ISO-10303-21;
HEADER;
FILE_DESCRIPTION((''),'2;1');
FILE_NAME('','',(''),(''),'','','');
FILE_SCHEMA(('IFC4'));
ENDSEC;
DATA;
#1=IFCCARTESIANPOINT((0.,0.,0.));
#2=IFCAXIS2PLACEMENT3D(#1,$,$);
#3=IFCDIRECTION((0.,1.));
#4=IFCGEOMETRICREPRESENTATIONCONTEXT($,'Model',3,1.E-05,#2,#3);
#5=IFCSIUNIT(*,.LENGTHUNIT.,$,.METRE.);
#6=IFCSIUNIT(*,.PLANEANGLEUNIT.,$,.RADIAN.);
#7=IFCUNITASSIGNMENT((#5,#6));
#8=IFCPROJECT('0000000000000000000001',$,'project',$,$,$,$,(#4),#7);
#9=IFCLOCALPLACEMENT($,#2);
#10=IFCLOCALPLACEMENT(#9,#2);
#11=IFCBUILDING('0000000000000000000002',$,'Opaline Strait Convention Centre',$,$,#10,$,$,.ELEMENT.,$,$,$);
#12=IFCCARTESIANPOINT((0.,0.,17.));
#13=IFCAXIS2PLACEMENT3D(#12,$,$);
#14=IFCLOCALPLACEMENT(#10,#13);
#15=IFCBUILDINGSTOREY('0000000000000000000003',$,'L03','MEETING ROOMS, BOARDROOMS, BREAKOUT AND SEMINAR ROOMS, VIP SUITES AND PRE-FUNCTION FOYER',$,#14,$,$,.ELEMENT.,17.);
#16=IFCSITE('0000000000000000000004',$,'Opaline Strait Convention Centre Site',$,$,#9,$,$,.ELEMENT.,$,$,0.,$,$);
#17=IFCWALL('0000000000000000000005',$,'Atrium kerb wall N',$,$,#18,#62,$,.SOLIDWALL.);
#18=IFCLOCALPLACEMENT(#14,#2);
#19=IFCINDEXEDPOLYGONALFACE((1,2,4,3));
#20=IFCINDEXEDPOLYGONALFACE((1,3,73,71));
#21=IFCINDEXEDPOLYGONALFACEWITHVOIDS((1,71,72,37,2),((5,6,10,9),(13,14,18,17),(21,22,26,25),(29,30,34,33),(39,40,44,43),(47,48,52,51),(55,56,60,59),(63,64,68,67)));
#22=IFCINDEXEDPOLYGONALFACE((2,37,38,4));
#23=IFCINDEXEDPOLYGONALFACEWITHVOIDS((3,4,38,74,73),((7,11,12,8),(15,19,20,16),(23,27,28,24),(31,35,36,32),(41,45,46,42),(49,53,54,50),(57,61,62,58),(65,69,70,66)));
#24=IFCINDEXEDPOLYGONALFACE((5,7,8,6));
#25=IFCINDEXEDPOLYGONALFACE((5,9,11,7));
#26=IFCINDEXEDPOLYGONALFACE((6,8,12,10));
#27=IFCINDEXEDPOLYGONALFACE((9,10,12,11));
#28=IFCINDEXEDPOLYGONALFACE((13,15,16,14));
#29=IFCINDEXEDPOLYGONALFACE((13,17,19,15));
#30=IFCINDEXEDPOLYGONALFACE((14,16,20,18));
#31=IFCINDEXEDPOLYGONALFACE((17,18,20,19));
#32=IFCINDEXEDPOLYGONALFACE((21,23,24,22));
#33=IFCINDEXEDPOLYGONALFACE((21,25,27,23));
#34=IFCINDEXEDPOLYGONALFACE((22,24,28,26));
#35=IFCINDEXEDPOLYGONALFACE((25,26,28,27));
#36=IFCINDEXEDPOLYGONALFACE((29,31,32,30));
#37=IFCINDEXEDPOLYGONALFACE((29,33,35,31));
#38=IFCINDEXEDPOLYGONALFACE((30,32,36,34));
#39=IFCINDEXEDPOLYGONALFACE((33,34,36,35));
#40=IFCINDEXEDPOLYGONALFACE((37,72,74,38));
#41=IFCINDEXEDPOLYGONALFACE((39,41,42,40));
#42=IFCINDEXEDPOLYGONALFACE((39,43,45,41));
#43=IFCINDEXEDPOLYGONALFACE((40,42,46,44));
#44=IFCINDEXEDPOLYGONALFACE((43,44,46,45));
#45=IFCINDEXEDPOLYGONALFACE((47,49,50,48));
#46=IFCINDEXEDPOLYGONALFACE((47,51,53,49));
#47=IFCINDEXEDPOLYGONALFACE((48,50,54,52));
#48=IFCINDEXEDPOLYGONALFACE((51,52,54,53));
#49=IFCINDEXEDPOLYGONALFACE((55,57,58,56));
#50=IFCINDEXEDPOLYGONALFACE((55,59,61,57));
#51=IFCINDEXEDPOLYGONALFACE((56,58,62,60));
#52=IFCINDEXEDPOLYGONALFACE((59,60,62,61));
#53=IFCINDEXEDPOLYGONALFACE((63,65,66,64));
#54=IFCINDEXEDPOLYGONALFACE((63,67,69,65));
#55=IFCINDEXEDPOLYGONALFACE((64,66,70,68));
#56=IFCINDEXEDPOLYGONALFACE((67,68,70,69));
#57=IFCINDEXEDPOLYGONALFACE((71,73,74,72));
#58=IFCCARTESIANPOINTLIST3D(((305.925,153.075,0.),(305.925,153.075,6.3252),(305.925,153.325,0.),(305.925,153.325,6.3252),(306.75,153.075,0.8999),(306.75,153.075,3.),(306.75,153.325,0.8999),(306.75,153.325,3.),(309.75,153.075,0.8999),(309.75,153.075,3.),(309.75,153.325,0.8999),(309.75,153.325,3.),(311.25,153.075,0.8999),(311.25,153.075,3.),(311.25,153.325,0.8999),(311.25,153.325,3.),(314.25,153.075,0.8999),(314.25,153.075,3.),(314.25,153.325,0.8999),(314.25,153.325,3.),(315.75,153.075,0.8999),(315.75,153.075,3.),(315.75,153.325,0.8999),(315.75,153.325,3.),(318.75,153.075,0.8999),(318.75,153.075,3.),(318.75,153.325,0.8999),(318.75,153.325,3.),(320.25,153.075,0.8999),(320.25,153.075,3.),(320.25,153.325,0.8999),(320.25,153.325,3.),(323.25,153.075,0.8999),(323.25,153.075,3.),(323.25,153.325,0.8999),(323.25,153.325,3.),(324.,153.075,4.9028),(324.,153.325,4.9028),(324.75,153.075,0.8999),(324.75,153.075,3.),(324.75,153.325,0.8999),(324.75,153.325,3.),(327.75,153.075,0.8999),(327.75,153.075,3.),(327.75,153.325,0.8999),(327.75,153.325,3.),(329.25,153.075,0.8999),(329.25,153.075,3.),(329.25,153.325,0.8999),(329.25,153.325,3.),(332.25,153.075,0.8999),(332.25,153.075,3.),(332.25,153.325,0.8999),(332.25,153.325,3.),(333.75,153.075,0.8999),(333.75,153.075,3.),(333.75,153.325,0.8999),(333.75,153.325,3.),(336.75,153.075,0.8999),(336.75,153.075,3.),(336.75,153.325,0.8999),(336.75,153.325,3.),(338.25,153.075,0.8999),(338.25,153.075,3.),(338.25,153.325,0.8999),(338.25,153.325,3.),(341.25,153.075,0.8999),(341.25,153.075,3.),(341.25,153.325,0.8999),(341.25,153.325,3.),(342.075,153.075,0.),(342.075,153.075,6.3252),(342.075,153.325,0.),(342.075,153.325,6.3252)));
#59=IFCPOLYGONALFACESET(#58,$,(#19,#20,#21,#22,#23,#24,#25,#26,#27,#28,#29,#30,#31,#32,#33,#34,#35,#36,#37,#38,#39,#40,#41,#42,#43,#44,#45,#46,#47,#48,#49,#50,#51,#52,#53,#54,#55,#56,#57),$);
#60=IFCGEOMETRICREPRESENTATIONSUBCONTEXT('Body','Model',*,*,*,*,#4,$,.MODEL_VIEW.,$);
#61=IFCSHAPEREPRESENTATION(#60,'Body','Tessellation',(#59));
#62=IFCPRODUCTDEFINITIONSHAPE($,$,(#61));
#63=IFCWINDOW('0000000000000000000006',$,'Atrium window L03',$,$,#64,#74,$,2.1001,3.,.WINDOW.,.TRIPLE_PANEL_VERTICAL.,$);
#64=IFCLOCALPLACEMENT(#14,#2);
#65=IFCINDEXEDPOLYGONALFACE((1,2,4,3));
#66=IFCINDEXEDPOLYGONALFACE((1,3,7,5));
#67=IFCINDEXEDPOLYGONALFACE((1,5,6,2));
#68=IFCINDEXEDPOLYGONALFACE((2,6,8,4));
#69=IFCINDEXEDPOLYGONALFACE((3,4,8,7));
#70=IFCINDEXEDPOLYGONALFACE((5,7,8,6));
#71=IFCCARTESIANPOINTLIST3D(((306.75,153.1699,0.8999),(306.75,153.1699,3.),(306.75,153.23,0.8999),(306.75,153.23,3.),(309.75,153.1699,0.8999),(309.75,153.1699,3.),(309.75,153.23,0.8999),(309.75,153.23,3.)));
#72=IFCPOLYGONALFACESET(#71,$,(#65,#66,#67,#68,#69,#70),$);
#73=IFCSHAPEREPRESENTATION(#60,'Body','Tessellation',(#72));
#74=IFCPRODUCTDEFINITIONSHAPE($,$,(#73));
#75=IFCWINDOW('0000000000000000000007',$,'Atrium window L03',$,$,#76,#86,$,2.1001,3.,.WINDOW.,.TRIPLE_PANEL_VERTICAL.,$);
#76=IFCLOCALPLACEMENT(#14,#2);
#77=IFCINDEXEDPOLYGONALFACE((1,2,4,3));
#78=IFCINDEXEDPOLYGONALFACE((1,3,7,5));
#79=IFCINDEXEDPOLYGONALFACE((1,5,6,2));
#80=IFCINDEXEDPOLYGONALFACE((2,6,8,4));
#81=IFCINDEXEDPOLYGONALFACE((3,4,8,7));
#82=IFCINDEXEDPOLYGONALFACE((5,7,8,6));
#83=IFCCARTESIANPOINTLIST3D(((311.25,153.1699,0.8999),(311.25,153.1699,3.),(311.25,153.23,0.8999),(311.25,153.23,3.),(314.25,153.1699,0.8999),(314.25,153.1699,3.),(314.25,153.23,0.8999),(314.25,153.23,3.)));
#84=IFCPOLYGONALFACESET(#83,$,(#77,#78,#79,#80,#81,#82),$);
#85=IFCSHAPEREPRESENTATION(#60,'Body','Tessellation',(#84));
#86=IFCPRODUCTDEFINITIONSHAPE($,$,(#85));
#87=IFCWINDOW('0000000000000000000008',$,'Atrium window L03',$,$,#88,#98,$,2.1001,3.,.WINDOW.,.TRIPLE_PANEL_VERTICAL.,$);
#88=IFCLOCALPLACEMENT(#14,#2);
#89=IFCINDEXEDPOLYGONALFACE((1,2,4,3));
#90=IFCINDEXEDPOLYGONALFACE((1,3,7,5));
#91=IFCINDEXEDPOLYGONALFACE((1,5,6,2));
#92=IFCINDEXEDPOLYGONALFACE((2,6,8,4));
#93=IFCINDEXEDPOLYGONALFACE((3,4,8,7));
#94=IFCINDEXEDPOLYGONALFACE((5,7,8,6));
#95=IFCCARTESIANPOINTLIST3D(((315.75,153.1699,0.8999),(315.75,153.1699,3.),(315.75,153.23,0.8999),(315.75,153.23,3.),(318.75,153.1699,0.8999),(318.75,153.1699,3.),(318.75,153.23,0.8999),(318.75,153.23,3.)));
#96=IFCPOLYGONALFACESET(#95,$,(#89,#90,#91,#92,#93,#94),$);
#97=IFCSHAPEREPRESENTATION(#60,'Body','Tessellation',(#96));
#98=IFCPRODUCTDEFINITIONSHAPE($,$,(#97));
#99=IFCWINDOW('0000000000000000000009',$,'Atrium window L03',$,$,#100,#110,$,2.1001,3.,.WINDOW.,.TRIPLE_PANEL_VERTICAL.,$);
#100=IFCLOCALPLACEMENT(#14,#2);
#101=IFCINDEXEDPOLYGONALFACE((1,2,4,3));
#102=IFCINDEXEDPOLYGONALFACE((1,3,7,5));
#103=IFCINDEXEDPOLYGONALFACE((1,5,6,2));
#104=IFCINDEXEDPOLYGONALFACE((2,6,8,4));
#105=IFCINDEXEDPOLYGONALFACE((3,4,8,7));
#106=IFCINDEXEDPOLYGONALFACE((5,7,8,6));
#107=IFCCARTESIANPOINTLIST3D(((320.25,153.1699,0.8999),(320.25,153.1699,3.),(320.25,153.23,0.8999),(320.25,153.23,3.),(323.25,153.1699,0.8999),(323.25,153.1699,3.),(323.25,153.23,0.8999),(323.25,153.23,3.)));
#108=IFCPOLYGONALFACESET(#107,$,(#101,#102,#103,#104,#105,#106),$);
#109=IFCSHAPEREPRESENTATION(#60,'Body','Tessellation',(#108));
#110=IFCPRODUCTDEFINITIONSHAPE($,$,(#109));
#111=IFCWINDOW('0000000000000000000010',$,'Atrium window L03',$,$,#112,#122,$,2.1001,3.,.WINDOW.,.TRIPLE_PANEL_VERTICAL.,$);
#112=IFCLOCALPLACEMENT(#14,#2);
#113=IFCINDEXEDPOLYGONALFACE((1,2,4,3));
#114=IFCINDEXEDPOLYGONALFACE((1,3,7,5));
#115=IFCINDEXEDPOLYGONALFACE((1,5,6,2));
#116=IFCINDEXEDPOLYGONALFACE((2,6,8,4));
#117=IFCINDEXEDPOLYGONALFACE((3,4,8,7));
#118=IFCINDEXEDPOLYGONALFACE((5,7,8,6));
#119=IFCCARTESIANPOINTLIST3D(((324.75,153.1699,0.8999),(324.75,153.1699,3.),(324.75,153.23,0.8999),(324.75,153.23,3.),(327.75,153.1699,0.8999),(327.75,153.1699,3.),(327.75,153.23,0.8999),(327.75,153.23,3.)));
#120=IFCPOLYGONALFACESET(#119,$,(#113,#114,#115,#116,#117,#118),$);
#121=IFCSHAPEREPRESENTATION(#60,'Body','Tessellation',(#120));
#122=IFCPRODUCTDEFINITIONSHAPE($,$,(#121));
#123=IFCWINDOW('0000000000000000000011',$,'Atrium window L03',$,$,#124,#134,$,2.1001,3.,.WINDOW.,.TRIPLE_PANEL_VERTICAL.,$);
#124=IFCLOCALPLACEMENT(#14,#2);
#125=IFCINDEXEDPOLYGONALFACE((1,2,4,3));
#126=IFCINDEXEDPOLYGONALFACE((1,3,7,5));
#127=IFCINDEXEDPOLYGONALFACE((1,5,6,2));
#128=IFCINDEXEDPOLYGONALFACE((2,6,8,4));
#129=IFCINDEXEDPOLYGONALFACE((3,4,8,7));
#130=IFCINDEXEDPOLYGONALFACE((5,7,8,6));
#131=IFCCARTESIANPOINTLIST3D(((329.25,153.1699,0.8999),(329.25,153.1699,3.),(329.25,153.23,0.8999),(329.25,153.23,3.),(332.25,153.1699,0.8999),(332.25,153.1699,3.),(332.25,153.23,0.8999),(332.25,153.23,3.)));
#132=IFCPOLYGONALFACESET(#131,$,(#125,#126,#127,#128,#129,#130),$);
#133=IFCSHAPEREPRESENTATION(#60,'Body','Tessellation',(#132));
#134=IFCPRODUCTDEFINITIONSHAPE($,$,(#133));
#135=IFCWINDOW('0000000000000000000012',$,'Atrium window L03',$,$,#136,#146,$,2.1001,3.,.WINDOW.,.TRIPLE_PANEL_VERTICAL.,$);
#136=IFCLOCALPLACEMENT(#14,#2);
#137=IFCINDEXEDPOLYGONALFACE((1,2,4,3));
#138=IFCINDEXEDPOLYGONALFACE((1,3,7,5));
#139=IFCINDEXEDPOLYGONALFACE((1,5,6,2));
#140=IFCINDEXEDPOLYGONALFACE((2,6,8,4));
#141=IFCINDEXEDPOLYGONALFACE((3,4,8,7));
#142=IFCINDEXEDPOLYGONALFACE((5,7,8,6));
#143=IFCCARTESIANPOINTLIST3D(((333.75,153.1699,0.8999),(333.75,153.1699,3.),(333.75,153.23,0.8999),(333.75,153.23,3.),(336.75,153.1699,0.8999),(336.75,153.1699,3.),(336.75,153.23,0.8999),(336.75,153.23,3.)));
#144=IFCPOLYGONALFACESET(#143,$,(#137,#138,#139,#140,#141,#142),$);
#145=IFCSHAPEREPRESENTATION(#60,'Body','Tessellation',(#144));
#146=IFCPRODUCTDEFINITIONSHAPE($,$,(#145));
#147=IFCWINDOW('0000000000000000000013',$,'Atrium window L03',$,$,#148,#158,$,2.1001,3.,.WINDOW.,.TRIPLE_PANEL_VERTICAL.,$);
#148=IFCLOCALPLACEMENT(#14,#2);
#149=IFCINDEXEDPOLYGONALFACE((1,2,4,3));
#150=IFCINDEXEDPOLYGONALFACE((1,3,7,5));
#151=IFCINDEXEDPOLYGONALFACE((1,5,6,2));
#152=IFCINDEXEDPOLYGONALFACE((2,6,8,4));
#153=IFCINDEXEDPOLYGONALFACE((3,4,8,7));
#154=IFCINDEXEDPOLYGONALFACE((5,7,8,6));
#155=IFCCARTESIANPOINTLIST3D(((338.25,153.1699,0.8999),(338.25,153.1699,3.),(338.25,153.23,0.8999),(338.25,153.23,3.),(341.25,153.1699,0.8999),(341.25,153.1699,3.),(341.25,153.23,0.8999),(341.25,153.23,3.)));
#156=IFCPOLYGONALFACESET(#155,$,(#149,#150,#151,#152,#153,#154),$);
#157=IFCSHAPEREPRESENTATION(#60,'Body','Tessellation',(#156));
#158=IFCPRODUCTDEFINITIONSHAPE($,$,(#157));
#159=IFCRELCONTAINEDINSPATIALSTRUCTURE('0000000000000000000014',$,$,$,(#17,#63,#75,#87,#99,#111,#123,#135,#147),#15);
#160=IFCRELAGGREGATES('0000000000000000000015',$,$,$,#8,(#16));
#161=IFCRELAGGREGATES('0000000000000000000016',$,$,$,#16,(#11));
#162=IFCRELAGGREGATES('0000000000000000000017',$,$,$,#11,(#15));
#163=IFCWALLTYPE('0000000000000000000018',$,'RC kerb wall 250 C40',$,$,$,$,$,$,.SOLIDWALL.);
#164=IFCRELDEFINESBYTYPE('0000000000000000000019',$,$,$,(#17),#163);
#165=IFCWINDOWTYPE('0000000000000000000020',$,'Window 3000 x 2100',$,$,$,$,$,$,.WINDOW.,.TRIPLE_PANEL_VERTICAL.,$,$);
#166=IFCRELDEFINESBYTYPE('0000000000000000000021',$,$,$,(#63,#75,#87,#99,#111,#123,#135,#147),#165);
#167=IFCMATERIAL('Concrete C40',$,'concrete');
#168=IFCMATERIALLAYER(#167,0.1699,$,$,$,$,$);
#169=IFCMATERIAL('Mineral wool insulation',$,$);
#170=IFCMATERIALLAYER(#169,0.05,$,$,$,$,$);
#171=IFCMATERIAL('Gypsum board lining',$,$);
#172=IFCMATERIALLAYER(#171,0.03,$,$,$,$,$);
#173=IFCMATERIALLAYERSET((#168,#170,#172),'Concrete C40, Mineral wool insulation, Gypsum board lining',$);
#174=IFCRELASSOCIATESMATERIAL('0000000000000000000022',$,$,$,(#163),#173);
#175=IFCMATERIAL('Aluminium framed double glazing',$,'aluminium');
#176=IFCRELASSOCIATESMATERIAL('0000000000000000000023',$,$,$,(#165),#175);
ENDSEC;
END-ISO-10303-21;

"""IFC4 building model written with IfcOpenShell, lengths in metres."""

from ifc_helpers import new_model, si_unit, direction, frame, frame_2d, origin, place, context, subcontext, project, spatial, polyline, rectangle, outline, extrude, material, layer, layer_set, type_object, element, fill, save


model = new_model("IFC4")

# Units and contexts
model_context = context("Model", 3, precision=1e-05, world=origin(), true_north=direction((0.0, 1.0)))
body_context = subcontext(model_context, "Body", "Model", "MODEL_VIEW")
ifc_project = project(units=[si_unit("LENGTHUNIT", "METRE"), si_unit("PLANEANGLEUNIT", "RADIAN")], contexts=[model_context])

# Site, building, storey
site_placement = place(None, origin())
site = spatial("IfcSite", under=ifc_project, at=site_placement, Name="Opaline Strait Convention Centre Site", CompositionType="ELEMENT", RefElevation=0.0)
building_placement = place(site_placement, origin())
building = spatial("IfcBuilding", under=site, at=building_placement, Name="Opaline Strait Convention Centre", CompositionType="ELEMENT")
storey_placement = place(building_placement, frame((0.0, 0.0, 17.0)))
storey = spatial("IfcBuildingStorey", under=building, at=storey_placement, Name="L03", Description="MEETING ROOMS, BOARDROOMS, BREAKOUT AND SEMINAR ROOMS, VIP SUITES AND PRE-FUNCTION FOYER", CompositionType="ELEMENT", Elevation=17.0)

# Wall, openings, windows
ifc_material_1 = material(Name="Concrete C40", Category="concrete")
ifc_layer_1 = layer(ifc_material_1, 0.1699)
ifc_material_2 = material(Name="Mineral wool insulation")
ifc_layer_2 = layer(ifc_material_2, 0.05)
ifc_material_3 = material(Name="Gypsum board lining")
ifc_layer_3 = layer(ifc_material_3, 0.03)
ifc_layer_set_1 = layer_set([ifc_layer_1, ifc_layer_2, ifc_layer_3], Name="Concrete C40, Mineral wool insulation, Gypsum board lining")
wall_type_1 = type_object("IfcWallType", Name="RC kerb wall 250 C40", PredefinedType="SOLIDWALL", material=ifc_layer_set_1)
wall_1_placement = place(storey_placement, frame((305.925, 153.2, 0.0), z_axis=(0.0, 0.0, 1.0), x_axis=(1.0, 0.0, 0.0)))
wall_1 = element("IfcWall", 1, at=wall_1_placement, inside=storey, type_object=wall_type_1, Name="Atrium kerb wall N", PredefinedType="SOLIDWALL", context=body_context, shape_type="SweptSolid", body=[
    extrude(outline(polyline([(0.0, 0.0), (36.1499, 0.0), (36.1499, 6.3252), (18.075, 4.9028), (0.0, 6.3252), (0.0, 0.0)])), frame((0.0, 0.125, 0.0), z_axis=(0.0, -1.0, 0.0), x_axis=(1.0, 0.0, 0.0)), (0.0, 0.0, 1.0), 0.25),
])
opening_1_placement = place(wall_1_placement, frame((0.825, 0.0, 0.8999)))
opening_1 = element("IfcOpeningElement", 2, at=opening_1_placement, cuts=wall_1, PredefinedType="OPENING", context=body_context, shape_type="SweptSolid", body=[
    extrude(rectangle(XDim=3.0, YDim=2.1001, at=frame_2d((1.5, 1.05))), frame((0.0, 0.135, 0.0), z_axis=(0.0, -1.0, 0.0), x_axis=(1.0, 0.0, 0.0)), (0.0, 0.0, 1.0), 0.27),
])
opening_2_placement = place(wall_1_placement, frame((5.325, 0.0, 0.8999)))
opening_2 = element("IfcOpeningElement", 3, at=opening_2_placement, cuts=wall_1, PredefinedType="OPENING", context=body_context, shape_type="SweptSolid", body=[
    extrude(rectangle(XDim=3.0, YDim=2.1001, at=frame_2d((1.5, 1.05))), frame((0.0, 0.135, 0.0), z_axis=(0.0, -1.0, 0.0), x_axis=(1.0, 0.0, 0.0)), (0.0, 0.0, 1.0), 0.27),
])
opening_3_placement = place(wall_1_placement, frame((9.825, 0.0, 0.8999)))
opening_3 = element("IfcOpeningElement", 4, at=opening_3_placement, cuts=wall_1, PredefinedType="OPENING", context=body_context, shape_type="SweptSolid", body=[
    extrude(rectangle(XDim=3.0, YDim=2.1001, at=frame_2d((1.5, 1.05))), frame((0.0, 0.135, 0.0), z_axis=(0.0, -1.0, 0.0), x_axis=(1.0, 0.0, 0.0)), (0.0, 0.0, 1.0), 0.27),
])
opening_4_placement = place(wall_1_placement, frame((14.325, 0.0, 0.8999)))
opening_4 = element("IfcOpeningElement", 5, at=opening_4_placement, cuts=wall_1, PredefinedType="OPENING", context=body_context, shape_type="SweptSolid", body=[
    extrude(rectangle(XDim=3.0, YDim=2.1001, at=frame_2d((1.5, 1.05))), frame((0.0, 0.135, 0.0), z_axis=(0.0, -1.0, 0.0), x_axis=(1.0, 0.0, 0.0)), (0.0, 0.0, 1.0), 0.27),
])
opening_5_placement = place(wall_1_placement, frame((18.825, 0.0, 0.8999)))
opening_5 = element("IfcOpeningElement", 6, at=opening_5_placement, cuts=wall_1, PredefinedType="OPENING", context=body_context, shape_type="SweptSolid", body=[
    extrude(rectangle(XDim=3.0, YDim=2.1001, at=frame_2d((1.5, 1.05))), frame((0.0, 0.135, 0.0), z_axis=(0.0, -1.0, 0.0), x_axis=(1.0, 0.0, 0.0)), (0.0, 0.0, 1.0), 0.27),
])
opening_6_placement = place(wall_1_placement, frame((23.325, 0.0, 0.8999)))
opening_6 = element("IfcOpeningElement", 7, at=opening_6_placement, cuts=wall_1, PredefinedType="OPENING", context=body_context, shape_type="SweptSolid", body=[
    extrude(rectangle(XDim=3.0, YDim=2.1001, at=frame_2d((1.5, 1.05))), frame((0.0, 0.135, 0.0), z_axis=(0.0, -1.0, 0.0), x_axis=(1.0, 0.0, 0.0)), (0.0, 0.0, 1.0), 0.27),
])
opening_7_placement = place(wall_1_placement, frame((27.825, 0.0, 0.8999)))
opening_7 = element("IfcOpeningElement", 8, at=opening_7_placement, cuts=wall_1, PredefinedType="OPENING", context=body_context, shape_type="SweptSolid", body=[
    extrude(rectangle(XDim=3.0, YDim=2.1001, at=frame_2d((1.5, 1.05))), frame((0.0, 0.135, 0.0), z_axis=(0.0, -1.0, 0.0), x_axis=(1.0, 0.0, 0.0)), (0.0, 0.0, 1.0), 0.27),
])
opening_8_placement = place(wall_1_placement, frame((32.325, 0.0, 0.8999)))
opening_8 = element("IfcOpeningElement", 9, at=opening_8_placement, cuts=wall_1, PredefinedType="OPENING", context=body_context, shape_type="SweptSolid", body=[
    extrude(rectangle(XDim=3.0, YDim=2.1001, at=frame_2d((1.5, 1.05))), frame((0.0, 0.135, 0.0), z_axis=(0.0, -1.0, 0.0), x_axis=(1.0, 0.0, 0.0)), (0.0, 0.0, 1.0), 0.27),
])
ifc_material_4 = material(Name="Aluminium framed double glazing", Category="aluminium")
window_type = type_object("IfcWindowType", Name="Window 3000 x 2100", PartitioningType="TRIPLE_PANEL_VERTICAL", PredefinedType="WINDOW", material=ifc_material_4)
window_1_placement = place(opening_1_placement, origin())
window_1 = element("IfcWindow", 10, at=window_1_placement, inside=storey, type_object=window_type, Name="Atrium window L03", OverallHeight=2.1001, OverallWidth=3.0, PartitioningType="TRIPLE_PANEL_VERTICAL", PredefinedType="WINDOW", context=body_context, shape_type="SweptSolid", body=[
    extrude(rectangle(XDim=3.0, YDim=2.1001, at=frame_2d((1.5, 1.05))), frame((0.0, 0.03, 0.0), z_axis=(0.0, -1.0, 0.0), x_axis=(1.0, 0.0, 0.0)), (0.0, 0.0, 1.0), 0.0601),
])
fill(opening_1, window_1)
window_2_placement = place(opening_2_placement, origin())
window_2 = element("IfcWindow", 11, at=window_2_placement, inside=storey, type_object=window_type, Name="Atrium window L03", OverallHeight=2.1001, OverallWidth=3.0, PartitioningType="TRIPLE_PANEL_VERTICAL", PredefinedType="WINDOW", context=body_context, shape_type="SweptSolid", body=[
    extrude(rectangle(XDim=3.0, YDim=2.1001, at=frame_2d((1.5, 1.05))), frame((0.0, 0.03, 0.0), z_axis=(0.0, -1.0, 0.0), x_axis=(1.0, 0.0, 0.0)), (0.0, 0.0, 1.0), 0.0601),
])
fill(opening_2, window_2)
window_3_placement = place(opening_3_placement, origin())
window_3 = element("IfcWindow", 12, at=window_3_placement, inside=storey, type_object=window_type, Name="Atrium window L03", OverallHeight=2.1001, OverallWidth=3.0, PartitioningType="TRIPLE_PANEL_VERTICAL", PredefinedType="WINDOW", context=body_context, shape_type="SweptSolid", body=[
    extrude(rectangle(XDim=3.0, YDim=2.1001, at=frame_2d((1.5, 1.05))), frame((0.0, 0.03, 0.0), z_axis=(0.0, -1.0, 0.0), x_axis=(1.0, 0.0, 0.0)), (0.0, 0.0, 1.0), 0.0601),
])
fill(opening_3, window_3)
window_4_placement = place(opening_4_placement, origin())
window_4 = element("IfcWindow", 13, at=window_4_placement, inside=storey, type_object=window_type, Name="Atrium window L03", OverallHeight=2.1001, OverallWidth=3.0, PartitioningType="TRIPLE_PANEL_VERTICAL", PredefinedType="WINDOW", context=body_context, shape_type="SweptSolid", body=[
    extrude(rectangle(XDim=3.0, YDim=2.1001, at=frame_2d((1.5, 1.05))), frame((0.0, 0.03, 0.0), z_axis=(0.0, -1.0, 0.0), x_axis=(1.0, 0.0, 0.0)), (0.0, 0.0, 1.0), 0.0601),
])
fill(opening_4, window_4)
window_5_placement = place(opening_5_placement, origin())
window_5 = element("IfcWindow", 14, at=window_5_placement, inside=storey, type_object=window_type, Name="Atrium window L03", OverallHeight=2.1001, OverallWidth=3.0, PartitioningType="TRIPLE_PANEL_VERTICAL", PredefinedType="WINDOW", context=body_context, shape_type="SweptSolid", body=[
    extrude(rectangle(XDim=3.0, YDim=2.1001, at=frame_2d((1.5, 1.05))), frame((0.0, 0.03, 0.0), z_axis=(0.0, -1.0, 0.0), x_axis=(1.0, 0.0, 0.0)), (0.0, 0.0, 1.0), 0.0601),
])
fill(opening_5, window_5)
window_6_placement = place(opening_6_placement, origin())
window_6 = element("IfcWindow", 15, at=window_6_placement, inside=storey, type_object=window_type, Name="Atrium window L03", OverallHeight=2.1001, OverallWidth=3.0, PartitioningType="TRIPLE_PANEL_VERTICAL", PredefinedType="WINDOW", context=body_context, shape_type="SweptSolid", body=[
    extrude(rectangle(XDim=3.0, YDim=2.1001, at=frame_2d((1.5, 1.05))), frame((0.0, 0.03, 0.0), z_axis=(0.0, -1.0, 0.0), x_axis=(1.0, 0.0, 0.0)), (0.0, 0.0, 1.0), 0.0601),
])
fill(opening_6, window_6)
window_7_placement = place(opening_7_placement, origin())
window_7 = element("IfcWindow", 16, at=window_7_placement, inside=storey, type_object=window_type, Name="Atrium window L03", OverallHeight=2.1001, OverallWidth=3.0, PartitioningType="TRIPLE_PANEL_VERTICAL", PredefinedType="WINDOW", context=body_context, shape_type="SweptSolid", body=[
    extrude(rectangle(XDim=3.0, YDim=2.1001, at=frame_2d((1.5, 1.05))), frame((0.0, 0.03, 0.0), z_axis=(0.0, -1.0, 0.0), x_axis=(1.0, 0.0, 0.0)), (0.0, 0.0, 1.0), 0.0601),
])
fill(opening_7, window_7)
window_8_placement = place(opening_8_placement, origin())
window_8 = element("IfcWindow", 17, at=window_8_placement, inside=storey, type_object=window_type, Name="Atrium window L03", OverallHeight=2.1001, OverallWidth=3.0, PartitioningType="TRIPLE_PANEL_VERTICAL", PredefinedType="WINDOW", context=body_context, shape_type="SweptSolid", body=[
    extrude(rectangle(XDim=3.0, YDim=2.1001, at=frame_2d((1.5, 1.05))), frame((0.0, 0.03, 0.0), z_axis=(0.0, -1.0, 0.0), x_axis=(1.0, 0.0, 0.0)), (0.0, 0.0, 1.0), 0.0601),
])
fill(opening_8, window_8)

save(model, "model.ifc")
